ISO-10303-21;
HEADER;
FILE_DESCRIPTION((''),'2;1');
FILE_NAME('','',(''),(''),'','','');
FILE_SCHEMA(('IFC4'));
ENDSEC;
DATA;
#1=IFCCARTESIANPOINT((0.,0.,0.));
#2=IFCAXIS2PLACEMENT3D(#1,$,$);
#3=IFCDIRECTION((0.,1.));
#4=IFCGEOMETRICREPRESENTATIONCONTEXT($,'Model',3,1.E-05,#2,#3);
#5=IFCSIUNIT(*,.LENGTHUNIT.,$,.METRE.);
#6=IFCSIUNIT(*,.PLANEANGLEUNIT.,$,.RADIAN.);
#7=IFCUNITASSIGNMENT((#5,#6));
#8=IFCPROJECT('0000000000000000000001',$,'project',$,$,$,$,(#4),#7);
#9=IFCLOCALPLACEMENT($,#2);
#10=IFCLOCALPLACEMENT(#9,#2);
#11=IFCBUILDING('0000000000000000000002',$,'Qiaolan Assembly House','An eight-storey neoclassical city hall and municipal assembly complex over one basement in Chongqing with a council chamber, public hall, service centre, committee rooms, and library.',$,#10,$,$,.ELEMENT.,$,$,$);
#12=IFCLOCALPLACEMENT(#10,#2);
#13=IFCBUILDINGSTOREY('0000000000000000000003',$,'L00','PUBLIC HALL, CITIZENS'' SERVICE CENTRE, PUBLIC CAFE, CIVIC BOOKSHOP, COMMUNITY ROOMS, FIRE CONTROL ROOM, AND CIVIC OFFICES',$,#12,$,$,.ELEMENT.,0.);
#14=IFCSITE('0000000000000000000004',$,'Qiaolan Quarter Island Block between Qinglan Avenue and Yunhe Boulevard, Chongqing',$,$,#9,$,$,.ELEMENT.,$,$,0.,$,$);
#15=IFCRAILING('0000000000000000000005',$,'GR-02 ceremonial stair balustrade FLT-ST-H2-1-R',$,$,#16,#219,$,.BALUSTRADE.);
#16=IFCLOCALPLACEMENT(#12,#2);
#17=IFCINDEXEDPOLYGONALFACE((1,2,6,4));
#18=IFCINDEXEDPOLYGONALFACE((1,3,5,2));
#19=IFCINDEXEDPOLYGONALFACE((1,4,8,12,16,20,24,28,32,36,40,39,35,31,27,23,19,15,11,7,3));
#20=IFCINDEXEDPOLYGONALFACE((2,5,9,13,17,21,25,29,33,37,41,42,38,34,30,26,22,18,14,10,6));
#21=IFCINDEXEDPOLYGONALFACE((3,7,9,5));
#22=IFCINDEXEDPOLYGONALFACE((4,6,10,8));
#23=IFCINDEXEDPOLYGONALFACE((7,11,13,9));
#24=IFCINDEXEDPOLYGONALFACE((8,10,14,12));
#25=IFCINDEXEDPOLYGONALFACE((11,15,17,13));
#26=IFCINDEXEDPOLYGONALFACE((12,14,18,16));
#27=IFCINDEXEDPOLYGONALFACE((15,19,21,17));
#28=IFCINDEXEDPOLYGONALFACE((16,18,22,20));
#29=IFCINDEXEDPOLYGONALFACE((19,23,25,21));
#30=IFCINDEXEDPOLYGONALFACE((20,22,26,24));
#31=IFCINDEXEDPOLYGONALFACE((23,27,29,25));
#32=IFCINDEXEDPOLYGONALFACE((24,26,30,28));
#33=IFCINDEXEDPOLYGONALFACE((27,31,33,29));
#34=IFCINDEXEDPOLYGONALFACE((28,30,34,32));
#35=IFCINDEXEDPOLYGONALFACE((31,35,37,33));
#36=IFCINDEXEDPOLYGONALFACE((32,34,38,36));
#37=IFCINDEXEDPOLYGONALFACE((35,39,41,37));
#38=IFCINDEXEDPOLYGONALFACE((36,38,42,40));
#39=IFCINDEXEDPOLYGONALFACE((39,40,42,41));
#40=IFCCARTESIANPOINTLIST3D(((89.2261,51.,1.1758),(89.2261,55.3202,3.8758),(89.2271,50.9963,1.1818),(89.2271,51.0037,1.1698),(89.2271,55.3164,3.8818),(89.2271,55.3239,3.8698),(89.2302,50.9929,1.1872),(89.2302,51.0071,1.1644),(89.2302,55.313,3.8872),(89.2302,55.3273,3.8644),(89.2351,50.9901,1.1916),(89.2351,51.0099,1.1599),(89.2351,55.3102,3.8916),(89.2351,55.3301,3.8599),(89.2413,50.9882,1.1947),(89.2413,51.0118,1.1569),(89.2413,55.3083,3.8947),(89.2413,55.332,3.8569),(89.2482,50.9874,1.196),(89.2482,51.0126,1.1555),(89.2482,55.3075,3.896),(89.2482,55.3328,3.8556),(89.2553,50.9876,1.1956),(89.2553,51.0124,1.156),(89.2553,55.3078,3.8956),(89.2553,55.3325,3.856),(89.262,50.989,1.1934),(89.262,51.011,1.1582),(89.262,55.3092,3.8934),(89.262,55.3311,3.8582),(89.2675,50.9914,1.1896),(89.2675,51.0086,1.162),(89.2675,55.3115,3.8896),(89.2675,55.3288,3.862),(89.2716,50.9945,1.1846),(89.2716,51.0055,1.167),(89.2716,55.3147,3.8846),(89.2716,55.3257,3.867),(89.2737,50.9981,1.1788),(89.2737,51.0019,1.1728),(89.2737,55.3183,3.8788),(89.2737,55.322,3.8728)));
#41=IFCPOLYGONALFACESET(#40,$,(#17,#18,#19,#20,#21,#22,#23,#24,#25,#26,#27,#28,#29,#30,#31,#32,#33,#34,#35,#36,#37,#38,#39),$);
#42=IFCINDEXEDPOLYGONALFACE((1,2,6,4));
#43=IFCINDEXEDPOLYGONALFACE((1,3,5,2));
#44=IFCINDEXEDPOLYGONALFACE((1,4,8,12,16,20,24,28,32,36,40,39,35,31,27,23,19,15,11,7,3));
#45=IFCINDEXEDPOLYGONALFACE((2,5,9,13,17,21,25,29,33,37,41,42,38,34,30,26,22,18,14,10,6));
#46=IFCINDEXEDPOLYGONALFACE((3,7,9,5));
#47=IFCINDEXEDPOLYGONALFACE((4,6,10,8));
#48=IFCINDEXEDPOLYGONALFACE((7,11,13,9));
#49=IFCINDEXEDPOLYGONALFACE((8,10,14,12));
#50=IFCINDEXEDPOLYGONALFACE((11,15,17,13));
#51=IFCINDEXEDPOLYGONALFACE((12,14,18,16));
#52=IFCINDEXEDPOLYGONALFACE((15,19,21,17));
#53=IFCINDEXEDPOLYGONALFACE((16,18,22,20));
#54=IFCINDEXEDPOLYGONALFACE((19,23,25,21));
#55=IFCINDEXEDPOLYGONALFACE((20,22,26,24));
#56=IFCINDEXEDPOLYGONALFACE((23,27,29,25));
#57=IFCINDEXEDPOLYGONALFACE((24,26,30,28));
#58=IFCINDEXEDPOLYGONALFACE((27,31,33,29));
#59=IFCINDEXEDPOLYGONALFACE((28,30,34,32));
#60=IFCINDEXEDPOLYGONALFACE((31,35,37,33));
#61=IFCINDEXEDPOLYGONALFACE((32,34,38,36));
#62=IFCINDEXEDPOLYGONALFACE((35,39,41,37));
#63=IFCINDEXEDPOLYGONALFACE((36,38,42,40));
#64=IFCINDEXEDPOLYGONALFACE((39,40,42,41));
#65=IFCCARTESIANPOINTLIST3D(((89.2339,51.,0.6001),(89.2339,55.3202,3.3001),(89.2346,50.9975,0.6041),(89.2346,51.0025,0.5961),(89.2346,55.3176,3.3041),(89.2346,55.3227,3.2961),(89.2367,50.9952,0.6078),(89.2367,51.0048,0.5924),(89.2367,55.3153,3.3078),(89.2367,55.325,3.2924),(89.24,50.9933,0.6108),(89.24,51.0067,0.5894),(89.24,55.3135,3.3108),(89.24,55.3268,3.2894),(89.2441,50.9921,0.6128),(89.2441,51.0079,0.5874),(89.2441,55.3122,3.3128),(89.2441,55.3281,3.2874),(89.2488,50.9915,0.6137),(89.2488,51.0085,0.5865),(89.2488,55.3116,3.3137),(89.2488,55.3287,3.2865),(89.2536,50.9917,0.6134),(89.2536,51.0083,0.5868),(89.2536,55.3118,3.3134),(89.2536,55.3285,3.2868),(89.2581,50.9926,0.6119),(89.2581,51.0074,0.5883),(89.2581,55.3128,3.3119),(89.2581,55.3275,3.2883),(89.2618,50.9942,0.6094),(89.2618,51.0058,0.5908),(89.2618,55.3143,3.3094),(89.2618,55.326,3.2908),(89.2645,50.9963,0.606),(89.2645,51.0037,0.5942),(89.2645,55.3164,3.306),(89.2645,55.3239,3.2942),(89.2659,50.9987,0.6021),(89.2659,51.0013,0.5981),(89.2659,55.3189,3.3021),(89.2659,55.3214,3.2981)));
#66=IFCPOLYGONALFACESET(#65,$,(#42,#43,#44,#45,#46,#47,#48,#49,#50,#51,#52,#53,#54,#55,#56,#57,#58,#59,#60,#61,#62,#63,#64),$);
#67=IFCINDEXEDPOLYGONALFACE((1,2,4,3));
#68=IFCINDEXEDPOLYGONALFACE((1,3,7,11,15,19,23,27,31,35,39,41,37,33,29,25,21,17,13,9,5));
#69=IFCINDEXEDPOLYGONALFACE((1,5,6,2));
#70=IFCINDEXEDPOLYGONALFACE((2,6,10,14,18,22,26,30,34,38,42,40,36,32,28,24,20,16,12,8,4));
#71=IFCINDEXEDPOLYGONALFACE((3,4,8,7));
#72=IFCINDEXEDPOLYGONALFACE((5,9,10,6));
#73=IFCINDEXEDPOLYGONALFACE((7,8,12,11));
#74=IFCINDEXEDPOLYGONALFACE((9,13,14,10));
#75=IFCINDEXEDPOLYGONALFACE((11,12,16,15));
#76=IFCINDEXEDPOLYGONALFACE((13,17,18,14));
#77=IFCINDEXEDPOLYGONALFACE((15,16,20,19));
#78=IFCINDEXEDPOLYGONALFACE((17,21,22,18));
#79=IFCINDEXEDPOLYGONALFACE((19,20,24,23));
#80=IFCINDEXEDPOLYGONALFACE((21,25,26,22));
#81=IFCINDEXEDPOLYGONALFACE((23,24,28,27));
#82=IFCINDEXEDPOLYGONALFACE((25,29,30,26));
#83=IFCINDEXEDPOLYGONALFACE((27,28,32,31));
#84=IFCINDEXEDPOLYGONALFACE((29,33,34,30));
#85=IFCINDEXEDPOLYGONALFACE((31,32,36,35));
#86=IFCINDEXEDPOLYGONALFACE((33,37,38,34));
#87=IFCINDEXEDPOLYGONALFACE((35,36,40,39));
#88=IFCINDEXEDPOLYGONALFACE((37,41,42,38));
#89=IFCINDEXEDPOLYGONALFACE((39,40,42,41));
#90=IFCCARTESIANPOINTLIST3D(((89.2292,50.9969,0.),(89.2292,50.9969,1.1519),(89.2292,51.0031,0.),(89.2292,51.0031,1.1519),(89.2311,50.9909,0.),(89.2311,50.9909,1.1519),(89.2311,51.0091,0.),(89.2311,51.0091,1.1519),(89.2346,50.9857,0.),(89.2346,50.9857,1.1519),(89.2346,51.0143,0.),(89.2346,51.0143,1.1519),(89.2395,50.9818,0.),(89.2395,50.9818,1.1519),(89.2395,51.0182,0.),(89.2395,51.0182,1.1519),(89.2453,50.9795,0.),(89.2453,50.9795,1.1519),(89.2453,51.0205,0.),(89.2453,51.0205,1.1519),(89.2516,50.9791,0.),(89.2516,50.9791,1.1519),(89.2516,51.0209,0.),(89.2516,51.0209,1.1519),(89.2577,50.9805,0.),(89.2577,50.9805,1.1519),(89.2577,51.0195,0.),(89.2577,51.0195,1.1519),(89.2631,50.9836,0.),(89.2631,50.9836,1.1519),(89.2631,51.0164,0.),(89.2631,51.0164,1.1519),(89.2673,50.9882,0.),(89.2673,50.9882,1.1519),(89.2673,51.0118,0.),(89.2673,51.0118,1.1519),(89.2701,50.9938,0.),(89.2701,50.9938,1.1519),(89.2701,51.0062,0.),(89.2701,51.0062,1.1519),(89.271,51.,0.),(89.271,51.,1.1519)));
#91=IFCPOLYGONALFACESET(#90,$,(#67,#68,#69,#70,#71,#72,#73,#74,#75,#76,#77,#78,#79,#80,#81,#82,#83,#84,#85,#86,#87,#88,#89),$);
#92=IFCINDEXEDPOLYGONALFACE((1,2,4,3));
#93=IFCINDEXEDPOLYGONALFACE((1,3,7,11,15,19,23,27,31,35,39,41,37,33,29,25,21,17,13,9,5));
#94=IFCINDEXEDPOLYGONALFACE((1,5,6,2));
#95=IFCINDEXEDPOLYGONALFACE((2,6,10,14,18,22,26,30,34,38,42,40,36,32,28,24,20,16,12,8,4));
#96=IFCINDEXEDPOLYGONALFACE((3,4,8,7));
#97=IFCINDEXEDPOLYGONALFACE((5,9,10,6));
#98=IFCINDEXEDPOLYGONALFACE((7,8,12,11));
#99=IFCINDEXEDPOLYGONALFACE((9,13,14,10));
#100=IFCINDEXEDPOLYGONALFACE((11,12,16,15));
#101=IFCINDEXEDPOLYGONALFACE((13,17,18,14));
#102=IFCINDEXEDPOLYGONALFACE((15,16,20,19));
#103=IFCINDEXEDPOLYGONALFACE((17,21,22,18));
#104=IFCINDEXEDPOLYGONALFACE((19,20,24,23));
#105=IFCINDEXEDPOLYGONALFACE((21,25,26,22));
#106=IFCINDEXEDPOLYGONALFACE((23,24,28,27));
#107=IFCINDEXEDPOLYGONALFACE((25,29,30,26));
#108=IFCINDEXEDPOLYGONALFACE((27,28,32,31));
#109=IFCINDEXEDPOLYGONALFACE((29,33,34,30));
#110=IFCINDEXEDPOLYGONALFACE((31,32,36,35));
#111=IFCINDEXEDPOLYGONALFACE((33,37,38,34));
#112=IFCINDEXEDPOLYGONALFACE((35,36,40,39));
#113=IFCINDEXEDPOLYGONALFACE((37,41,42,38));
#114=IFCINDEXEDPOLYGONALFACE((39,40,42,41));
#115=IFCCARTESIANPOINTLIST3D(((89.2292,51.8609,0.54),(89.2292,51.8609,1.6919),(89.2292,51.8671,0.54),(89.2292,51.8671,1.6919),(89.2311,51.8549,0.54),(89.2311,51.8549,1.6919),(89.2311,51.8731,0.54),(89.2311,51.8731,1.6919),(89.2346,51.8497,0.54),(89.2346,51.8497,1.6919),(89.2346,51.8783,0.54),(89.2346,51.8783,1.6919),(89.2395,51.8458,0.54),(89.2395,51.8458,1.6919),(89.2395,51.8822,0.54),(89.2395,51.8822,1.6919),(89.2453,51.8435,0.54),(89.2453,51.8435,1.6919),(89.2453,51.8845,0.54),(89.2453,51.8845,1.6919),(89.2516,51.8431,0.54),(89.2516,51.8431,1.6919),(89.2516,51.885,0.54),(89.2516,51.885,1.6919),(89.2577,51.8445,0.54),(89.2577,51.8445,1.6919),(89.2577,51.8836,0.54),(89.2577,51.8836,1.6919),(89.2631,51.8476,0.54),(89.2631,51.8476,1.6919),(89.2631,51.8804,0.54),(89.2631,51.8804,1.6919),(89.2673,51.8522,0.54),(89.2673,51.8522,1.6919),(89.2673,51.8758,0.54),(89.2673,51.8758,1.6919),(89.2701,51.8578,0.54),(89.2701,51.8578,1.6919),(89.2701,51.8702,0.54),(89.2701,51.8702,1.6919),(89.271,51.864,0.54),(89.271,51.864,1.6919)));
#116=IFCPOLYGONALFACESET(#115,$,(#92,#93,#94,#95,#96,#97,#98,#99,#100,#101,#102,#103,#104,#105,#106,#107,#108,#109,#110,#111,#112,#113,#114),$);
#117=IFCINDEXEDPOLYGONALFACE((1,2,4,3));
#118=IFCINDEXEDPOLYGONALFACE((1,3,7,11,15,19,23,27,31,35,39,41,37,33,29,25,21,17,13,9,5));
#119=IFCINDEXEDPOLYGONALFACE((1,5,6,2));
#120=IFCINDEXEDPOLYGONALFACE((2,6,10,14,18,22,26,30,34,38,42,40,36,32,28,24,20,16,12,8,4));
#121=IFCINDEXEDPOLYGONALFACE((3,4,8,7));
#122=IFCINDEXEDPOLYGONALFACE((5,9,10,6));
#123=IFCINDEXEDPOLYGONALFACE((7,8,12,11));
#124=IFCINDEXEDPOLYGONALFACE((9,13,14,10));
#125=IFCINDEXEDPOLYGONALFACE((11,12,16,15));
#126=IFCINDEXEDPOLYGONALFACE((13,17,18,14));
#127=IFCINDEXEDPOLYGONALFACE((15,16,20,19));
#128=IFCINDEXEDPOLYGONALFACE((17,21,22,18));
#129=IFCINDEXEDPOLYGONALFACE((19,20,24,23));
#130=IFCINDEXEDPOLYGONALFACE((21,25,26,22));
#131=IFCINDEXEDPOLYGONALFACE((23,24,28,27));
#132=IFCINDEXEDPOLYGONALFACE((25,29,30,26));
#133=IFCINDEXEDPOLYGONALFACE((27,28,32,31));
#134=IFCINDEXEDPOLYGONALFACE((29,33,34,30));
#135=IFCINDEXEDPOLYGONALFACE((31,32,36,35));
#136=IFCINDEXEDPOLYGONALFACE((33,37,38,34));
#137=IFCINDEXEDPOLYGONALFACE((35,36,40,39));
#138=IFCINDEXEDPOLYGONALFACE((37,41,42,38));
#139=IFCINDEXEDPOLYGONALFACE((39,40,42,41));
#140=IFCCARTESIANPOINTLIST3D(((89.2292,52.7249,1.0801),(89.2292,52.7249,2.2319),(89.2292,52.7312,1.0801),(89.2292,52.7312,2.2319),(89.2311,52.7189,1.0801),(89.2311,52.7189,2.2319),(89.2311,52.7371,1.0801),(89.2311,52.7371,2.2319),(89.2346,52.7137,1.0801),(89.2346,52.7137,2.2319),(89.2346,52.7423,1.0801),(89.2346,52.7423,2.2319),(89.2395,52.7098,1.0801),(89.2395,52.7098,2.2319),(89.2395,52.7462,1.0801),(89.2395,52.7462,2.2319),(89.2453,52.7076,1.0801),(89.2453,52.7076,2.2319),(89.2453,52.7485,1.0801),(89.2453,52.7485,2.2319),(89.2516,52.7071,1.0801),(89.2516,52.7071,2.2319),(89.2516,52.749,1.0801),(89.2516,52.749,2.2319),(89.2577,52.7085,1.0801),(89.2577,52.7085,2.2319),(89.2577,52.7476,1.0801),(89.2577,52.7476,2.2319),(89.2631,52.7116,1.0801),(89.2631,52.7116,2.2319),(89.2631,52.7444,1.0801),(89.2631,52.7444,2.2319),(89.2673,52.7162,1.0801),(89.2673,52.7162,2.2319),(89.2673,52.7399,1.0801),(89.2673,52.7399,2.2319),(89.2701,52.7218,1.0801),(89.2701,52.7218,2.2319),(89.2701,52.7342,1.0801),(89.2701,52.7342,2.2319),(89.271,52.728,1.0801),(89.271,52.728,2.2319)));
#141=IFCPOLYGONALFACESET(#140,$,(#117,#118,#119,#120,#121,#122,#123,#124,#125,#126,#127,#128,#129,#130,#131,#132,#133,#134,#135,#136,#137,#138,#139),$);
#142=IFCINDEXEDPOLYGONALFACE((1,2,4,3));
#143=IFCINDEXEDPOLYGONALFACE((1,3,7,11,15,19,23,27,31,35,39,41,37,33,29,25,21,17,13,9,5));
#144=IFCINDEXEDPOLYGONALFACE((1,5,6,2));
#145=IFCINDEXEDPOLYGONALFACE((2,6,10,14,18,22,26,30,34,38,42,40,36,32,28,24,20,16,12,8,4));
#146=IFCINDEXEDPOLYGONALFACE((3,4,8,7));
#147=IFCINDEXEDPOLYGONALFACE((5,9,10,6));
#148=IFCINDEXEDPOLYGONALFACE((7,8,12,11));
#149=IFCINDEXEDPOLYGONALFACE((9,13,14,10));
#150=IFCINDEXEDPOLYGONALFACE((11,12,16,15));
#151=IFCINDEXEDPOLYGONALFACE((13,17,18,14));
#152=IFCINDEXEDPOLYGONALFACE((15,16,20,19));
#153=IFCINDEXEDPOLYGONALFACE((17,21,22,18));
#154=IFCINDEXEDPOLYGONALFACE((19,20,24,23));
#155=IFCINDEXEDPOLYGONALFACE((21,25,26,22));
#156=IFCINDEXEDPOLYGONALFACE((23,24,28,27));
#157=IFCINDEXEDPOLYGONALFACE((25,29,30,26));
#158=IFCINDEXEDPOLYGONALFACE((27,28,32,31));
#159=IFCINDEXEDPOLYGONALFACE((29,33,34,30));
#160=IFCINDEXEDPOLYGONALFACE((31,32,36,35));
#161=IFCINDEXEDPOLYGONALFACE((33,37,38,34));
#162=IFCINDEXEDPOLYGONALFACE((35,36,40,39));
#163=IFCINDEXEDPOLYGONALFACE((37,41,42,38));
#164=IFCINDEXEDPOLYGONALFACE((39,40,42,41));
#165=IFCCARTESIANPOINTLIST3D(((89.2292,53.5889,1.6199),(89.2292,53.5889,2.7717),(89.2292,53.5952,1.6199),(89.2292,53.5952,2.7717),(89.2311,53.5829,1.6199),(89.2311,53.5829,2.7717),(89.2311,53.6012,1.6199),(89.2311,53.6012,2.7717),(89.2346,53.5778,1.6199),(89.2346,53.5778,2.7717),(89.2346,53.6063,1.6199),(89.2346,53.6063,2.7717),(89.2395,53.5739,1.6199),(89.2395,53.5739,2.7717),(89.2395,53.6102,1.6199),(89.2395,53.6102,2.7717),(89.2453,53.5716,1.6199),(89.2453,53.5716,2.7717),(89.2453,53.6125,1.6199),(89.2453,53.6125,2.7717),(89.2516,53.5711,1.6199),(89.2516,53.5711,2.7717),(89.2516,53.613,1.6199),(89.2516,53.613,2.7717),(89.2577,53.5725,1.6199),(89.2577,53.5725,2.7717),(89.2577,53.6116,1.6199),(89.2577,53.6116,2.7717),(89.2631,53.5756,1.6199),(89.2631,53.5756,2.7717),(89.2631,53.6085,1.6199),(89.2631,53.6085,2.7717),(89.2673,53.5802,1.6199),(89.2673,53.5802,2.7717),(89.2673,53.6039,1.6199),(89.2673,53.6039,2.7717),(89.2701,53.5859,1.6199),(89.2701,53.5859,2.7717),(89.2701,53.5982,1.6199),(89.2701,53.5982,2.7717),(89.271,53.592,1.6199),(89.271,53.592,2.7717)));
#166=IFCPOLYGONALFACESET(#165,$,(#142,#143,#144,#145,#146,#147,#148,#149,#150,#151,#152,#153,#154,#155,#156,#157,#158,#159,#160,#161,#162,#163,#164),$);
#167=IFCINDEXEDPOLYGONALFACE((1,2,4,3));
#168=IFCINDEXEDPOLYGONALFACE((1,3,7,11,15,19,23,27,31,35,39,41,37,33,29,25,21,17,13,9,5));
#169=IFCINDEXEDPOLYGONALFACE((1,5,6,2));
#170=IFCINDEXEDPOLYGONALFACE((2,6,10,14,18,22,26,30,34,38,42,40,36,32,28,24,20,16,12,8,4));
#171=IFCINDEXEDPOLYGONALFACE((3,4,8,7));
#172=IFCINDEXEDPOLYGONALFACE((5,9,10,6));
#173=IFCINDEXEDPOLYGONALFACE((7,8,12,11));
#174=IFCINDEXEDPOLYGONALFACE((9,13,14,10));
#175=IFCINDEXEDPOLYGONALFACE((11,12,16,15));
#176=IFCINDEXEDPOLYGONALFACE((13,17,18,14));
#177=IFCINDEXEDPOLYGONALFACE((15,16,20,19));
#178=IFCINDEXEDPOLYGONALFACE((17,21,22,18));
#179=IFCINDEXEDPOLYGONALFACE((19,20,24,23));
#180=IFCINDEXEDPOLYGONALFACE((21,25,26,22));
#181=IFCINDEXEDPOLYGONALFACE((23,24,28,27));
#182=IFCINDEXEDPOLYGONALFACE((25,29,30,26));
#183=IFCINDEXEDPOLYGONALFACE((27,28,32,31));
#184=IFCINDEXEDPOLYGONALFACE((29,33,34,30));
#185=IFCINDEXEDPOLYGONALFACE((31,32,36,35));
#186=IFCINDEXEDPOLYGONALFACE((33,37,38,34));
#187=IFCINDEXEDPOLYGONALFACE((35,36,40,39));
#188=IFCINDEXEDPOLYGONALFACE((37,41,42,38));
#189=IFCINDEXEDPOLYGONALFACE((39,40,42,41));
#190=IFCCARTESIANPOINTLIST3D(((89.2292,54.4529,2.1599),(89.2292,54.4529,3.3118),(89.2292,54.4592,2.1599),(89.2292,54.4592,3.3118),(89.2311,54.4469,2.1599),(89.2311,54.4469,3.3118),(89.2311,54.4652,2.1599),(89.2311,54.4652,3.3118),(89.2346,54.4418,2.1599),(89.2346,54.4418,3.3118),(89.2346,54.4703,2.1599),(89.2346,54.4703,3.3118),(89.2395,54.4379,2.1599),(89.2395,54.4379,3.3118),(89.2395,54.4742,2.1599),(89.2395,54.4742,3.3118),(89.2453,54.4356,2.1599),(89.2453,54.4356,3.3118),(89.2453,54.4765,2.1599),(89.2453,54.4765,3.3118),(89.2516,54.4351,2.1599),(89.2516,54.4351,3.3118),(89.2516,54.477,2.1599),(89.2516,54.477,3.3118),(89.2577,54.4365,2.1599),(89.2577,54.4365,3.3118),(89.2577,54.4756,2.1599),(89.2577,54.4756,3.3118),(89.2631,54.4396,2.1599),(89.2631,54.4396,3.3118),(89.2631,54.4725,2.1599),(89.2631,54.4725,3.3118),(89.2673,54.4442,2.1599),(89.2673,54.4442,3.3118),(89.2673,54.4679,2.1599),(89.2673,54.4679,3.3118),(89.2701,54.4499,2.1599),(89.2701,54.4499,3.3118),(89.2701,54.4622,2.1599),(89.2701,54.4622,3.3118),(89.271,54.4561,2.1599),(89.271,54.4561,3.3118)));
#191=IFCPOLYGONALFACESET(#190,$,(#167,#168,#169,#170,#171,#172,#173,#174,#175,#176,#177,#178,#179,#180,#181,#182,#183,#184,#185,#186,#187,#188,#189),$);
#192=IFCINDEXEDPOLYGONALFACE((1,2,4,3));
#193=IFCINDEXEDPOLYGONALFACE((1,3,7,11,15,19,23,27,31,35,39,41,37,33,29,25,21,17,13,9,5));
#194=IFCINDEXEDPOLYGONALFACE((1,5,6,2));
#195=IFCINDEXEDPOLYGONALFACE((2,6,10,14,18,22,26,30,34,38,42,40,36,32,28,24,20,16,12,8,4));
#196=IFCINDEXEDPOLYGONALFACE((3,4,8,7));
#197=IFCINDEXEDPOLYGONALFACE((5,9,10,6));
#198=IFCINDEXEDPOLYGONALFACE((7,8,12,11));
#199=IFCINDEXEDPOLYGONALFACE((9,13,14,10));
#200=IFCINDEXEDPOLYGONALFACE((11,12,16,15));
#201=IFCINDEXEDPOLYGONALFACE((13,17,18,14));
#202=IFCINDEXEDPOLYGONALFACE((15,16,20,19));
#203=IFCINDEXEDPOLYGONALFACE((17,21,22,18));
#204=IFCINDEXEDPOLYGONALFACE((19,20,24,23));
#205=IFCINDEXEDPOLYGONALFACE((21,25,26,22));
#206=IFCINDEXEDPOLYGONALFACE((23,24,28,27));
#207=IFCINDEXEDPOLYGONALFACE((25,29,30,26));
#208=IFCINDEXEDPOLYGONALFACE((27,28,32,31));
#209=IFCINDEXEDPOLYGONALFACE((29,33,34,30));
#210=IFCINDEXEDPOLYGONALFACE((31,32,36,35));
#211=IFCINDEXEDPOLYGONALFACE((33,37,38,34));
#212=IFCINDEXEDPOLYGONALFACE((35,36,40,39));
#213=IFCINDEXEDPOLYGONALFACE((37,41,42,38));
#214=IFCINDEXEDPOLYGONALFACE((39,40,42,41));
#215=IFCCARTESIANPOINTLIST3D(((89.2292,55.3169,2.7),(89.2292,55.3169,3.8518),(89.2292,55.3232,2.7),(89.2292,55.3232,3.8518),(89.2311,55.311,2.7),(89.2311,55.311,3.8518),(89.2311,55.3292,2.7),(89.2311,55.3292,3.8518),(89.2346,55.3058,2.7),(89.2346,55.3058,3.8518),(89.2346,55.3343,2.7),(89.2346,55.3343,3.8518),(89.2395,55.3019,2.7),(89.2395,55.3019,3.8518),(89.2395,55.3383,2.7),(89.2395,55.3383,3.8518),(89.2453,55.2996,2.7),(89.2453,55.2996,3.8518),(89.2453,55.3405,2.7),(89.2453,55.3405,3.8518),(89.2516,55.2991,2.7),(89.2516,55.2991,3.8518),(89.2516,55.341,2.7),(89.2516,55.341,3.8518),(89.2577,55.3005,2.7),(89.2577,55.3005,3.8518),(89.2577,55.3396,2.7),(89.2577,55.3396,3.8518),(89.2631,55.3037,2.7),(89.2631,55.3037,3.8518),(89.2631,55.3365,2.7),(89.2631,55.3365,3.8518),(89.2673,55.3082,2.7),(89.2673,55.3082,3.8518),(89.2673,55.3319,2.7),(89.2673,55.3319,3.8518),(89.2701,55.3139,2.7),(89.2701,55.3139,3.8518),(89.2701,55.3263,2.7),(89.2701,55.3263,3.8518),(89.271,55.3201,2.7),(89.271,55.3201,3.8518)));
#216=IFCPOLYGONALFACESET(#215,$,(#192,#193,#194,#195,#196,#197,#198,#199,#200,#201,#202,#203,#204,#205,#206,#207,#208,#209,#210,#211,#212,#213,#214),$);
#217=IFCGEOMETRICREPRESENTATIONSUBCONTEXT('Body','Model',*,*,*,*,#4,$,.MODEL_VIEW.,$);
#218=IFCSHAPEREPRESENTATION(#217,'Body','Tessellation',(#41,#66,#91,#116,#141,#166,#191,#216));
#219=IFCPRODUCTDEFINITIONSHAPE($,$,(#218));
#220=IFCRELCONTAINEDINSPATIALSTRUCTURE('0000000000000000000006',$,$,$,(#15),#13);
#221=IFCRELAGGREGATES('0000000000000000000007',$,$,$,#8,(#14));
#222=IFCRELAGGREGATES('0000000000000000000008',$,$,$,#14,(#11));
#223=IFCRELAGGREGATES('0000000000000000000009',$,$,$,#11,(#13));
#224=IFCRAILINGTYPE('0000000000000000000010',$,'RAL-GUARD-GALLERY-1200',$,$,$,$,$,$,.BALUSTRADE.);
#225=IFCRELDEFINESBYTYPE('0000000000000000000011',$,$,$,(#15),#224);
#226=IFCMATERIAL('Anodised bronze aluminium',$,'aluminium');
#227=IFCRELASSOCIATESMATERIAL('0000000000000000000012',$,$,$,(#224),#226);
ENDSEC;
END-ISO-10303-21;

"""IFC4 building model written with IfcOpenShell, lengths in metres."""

from ifc_helpers import new_model, si_unit, direction, frame, origin, origin_2d, place, context, subcontext, project, spatial, circle, extrude, material, type_object, element, save


model = new_model("IFC4")

# Units and contexts
model_context = context("Model", 3, precision=1e-05, world=origin(), true_north=direction((0.0, 1.0)))
body_context = subcontext(model_context, "Body", "Model", "MODEL_VIEW")
ifc_project = project(units=[si_unit("LENGTHUNIT", "METRE"), si_unit("PLANEANGLEUNIT", "RADIAN")], contexts=[model_context])

# Site, building, storey
site_placement = place(None, origin())
site = spatial("IfcSite", under=ifc_project, at=site_placement, Name="Qiaolan Quarter Island Block between Qinglan Avenue and Yunhe Boulevard, Chongqing", CompositionType="ELEMENT", RefElevation=0.0)
building_placement = place(site_placement, origin())
building = spatial("IfcBuilding", under=site, at=building_placement, Name="Qiaolan Assembly House", Description="An eight-storey neoclassical city hall and municipal assembly complex over one basement in Chongqing with a council chamber, public hall, service centre, committee rooms, and library.", CompositionType="ELEMENT")
storey_placement = place(building_placement, origin())
storey = spatial("IfcBuildingStorey", under=building, at=storey_placement, Name="L00", Description="PUBLIC HALL, CITIZENS' SERVICE CENTRE, PUBLIC CAFE, CIVIC BOOKSHOP, COMMUNITY ROOMS, FIRE CONTROL ROOM, AND CIVIC OFFICES", CompositionType="ELEMENT", Elevation=0.0)

# Railing
ifc_material_1 = material(Name="Anodised bronze aluminium", Category="aluminium")
railing_type = type_object("IfcRailingType", Name="RAL-GUARD-GALLERY-1200", PredefinedType="BALUSTRADE", material=ifc_material_1)
railing_1_placement = place(storey_placement, frame((89.25, 51.0, 0.0)))
element("IfcRailing", 1, at=railing_1_placement, inside=storey, type_object=railing_type, Name="GR-02 ceremonial stair balustrade FLT-ST-H2-1-R", PredefinedType="BALUSTRADE", context=body_context, shape_type="SweptSolid", body=[
    extrude(circle(Radius=0.0239, at=origin_2d()), frame((0.0, 0.0, 1.1758), z_axis=(0.0, 0.848006, 0.529986), x_axis=(-1.0, 0.0, 0.0)), (0.0, 0.0, 1.0), 5.0945),
    extrude(circle(Radius=0.0161, at=origin_2d()), frame((0.0, 0.0, 0.6001), z_axis=(0.0, 0.848006, 0.529986), x_axis=(-1.0, 0.0, 0.0)), (0.0, 0.0, 1.0), 5.0945),
    extrude(circle(Radius=0.021, at=origin_2d()), origin(), (0.0, 0.0, 1.0), 1.1519),
    extrude(circle(Radius=0.021, at=origin_2d()), frame((0.0, 0.864, 0.54)), (0.0, 0.0, 1.0), 1.1519),
    extrude(circle(Radius=0.021, at=origin_2d()), frame((0.0, 1.728, 1.0801)), (0.0, 0.0, 1.0), 1.1519),
    extrude(circle(Radius=0.021, at=origin_2d()), frame((0.0, 2.592, 1.6199)), (0.0, 0.0, 1.0), 1.1519),
    extrude(circle(Radius=0.021, at=origin_2d()), frame((0.0, 3.4561, 2.1599)), (0.0, 0.0, 1.0), 1.1519),
    extrude(circle(Radius=0.021, at=origin_2d()), frame((0.0, 4.3201, 2.7)), (0.0, 0.0, 1.0), 1.1519),
])

save(model, "model.ifc")
